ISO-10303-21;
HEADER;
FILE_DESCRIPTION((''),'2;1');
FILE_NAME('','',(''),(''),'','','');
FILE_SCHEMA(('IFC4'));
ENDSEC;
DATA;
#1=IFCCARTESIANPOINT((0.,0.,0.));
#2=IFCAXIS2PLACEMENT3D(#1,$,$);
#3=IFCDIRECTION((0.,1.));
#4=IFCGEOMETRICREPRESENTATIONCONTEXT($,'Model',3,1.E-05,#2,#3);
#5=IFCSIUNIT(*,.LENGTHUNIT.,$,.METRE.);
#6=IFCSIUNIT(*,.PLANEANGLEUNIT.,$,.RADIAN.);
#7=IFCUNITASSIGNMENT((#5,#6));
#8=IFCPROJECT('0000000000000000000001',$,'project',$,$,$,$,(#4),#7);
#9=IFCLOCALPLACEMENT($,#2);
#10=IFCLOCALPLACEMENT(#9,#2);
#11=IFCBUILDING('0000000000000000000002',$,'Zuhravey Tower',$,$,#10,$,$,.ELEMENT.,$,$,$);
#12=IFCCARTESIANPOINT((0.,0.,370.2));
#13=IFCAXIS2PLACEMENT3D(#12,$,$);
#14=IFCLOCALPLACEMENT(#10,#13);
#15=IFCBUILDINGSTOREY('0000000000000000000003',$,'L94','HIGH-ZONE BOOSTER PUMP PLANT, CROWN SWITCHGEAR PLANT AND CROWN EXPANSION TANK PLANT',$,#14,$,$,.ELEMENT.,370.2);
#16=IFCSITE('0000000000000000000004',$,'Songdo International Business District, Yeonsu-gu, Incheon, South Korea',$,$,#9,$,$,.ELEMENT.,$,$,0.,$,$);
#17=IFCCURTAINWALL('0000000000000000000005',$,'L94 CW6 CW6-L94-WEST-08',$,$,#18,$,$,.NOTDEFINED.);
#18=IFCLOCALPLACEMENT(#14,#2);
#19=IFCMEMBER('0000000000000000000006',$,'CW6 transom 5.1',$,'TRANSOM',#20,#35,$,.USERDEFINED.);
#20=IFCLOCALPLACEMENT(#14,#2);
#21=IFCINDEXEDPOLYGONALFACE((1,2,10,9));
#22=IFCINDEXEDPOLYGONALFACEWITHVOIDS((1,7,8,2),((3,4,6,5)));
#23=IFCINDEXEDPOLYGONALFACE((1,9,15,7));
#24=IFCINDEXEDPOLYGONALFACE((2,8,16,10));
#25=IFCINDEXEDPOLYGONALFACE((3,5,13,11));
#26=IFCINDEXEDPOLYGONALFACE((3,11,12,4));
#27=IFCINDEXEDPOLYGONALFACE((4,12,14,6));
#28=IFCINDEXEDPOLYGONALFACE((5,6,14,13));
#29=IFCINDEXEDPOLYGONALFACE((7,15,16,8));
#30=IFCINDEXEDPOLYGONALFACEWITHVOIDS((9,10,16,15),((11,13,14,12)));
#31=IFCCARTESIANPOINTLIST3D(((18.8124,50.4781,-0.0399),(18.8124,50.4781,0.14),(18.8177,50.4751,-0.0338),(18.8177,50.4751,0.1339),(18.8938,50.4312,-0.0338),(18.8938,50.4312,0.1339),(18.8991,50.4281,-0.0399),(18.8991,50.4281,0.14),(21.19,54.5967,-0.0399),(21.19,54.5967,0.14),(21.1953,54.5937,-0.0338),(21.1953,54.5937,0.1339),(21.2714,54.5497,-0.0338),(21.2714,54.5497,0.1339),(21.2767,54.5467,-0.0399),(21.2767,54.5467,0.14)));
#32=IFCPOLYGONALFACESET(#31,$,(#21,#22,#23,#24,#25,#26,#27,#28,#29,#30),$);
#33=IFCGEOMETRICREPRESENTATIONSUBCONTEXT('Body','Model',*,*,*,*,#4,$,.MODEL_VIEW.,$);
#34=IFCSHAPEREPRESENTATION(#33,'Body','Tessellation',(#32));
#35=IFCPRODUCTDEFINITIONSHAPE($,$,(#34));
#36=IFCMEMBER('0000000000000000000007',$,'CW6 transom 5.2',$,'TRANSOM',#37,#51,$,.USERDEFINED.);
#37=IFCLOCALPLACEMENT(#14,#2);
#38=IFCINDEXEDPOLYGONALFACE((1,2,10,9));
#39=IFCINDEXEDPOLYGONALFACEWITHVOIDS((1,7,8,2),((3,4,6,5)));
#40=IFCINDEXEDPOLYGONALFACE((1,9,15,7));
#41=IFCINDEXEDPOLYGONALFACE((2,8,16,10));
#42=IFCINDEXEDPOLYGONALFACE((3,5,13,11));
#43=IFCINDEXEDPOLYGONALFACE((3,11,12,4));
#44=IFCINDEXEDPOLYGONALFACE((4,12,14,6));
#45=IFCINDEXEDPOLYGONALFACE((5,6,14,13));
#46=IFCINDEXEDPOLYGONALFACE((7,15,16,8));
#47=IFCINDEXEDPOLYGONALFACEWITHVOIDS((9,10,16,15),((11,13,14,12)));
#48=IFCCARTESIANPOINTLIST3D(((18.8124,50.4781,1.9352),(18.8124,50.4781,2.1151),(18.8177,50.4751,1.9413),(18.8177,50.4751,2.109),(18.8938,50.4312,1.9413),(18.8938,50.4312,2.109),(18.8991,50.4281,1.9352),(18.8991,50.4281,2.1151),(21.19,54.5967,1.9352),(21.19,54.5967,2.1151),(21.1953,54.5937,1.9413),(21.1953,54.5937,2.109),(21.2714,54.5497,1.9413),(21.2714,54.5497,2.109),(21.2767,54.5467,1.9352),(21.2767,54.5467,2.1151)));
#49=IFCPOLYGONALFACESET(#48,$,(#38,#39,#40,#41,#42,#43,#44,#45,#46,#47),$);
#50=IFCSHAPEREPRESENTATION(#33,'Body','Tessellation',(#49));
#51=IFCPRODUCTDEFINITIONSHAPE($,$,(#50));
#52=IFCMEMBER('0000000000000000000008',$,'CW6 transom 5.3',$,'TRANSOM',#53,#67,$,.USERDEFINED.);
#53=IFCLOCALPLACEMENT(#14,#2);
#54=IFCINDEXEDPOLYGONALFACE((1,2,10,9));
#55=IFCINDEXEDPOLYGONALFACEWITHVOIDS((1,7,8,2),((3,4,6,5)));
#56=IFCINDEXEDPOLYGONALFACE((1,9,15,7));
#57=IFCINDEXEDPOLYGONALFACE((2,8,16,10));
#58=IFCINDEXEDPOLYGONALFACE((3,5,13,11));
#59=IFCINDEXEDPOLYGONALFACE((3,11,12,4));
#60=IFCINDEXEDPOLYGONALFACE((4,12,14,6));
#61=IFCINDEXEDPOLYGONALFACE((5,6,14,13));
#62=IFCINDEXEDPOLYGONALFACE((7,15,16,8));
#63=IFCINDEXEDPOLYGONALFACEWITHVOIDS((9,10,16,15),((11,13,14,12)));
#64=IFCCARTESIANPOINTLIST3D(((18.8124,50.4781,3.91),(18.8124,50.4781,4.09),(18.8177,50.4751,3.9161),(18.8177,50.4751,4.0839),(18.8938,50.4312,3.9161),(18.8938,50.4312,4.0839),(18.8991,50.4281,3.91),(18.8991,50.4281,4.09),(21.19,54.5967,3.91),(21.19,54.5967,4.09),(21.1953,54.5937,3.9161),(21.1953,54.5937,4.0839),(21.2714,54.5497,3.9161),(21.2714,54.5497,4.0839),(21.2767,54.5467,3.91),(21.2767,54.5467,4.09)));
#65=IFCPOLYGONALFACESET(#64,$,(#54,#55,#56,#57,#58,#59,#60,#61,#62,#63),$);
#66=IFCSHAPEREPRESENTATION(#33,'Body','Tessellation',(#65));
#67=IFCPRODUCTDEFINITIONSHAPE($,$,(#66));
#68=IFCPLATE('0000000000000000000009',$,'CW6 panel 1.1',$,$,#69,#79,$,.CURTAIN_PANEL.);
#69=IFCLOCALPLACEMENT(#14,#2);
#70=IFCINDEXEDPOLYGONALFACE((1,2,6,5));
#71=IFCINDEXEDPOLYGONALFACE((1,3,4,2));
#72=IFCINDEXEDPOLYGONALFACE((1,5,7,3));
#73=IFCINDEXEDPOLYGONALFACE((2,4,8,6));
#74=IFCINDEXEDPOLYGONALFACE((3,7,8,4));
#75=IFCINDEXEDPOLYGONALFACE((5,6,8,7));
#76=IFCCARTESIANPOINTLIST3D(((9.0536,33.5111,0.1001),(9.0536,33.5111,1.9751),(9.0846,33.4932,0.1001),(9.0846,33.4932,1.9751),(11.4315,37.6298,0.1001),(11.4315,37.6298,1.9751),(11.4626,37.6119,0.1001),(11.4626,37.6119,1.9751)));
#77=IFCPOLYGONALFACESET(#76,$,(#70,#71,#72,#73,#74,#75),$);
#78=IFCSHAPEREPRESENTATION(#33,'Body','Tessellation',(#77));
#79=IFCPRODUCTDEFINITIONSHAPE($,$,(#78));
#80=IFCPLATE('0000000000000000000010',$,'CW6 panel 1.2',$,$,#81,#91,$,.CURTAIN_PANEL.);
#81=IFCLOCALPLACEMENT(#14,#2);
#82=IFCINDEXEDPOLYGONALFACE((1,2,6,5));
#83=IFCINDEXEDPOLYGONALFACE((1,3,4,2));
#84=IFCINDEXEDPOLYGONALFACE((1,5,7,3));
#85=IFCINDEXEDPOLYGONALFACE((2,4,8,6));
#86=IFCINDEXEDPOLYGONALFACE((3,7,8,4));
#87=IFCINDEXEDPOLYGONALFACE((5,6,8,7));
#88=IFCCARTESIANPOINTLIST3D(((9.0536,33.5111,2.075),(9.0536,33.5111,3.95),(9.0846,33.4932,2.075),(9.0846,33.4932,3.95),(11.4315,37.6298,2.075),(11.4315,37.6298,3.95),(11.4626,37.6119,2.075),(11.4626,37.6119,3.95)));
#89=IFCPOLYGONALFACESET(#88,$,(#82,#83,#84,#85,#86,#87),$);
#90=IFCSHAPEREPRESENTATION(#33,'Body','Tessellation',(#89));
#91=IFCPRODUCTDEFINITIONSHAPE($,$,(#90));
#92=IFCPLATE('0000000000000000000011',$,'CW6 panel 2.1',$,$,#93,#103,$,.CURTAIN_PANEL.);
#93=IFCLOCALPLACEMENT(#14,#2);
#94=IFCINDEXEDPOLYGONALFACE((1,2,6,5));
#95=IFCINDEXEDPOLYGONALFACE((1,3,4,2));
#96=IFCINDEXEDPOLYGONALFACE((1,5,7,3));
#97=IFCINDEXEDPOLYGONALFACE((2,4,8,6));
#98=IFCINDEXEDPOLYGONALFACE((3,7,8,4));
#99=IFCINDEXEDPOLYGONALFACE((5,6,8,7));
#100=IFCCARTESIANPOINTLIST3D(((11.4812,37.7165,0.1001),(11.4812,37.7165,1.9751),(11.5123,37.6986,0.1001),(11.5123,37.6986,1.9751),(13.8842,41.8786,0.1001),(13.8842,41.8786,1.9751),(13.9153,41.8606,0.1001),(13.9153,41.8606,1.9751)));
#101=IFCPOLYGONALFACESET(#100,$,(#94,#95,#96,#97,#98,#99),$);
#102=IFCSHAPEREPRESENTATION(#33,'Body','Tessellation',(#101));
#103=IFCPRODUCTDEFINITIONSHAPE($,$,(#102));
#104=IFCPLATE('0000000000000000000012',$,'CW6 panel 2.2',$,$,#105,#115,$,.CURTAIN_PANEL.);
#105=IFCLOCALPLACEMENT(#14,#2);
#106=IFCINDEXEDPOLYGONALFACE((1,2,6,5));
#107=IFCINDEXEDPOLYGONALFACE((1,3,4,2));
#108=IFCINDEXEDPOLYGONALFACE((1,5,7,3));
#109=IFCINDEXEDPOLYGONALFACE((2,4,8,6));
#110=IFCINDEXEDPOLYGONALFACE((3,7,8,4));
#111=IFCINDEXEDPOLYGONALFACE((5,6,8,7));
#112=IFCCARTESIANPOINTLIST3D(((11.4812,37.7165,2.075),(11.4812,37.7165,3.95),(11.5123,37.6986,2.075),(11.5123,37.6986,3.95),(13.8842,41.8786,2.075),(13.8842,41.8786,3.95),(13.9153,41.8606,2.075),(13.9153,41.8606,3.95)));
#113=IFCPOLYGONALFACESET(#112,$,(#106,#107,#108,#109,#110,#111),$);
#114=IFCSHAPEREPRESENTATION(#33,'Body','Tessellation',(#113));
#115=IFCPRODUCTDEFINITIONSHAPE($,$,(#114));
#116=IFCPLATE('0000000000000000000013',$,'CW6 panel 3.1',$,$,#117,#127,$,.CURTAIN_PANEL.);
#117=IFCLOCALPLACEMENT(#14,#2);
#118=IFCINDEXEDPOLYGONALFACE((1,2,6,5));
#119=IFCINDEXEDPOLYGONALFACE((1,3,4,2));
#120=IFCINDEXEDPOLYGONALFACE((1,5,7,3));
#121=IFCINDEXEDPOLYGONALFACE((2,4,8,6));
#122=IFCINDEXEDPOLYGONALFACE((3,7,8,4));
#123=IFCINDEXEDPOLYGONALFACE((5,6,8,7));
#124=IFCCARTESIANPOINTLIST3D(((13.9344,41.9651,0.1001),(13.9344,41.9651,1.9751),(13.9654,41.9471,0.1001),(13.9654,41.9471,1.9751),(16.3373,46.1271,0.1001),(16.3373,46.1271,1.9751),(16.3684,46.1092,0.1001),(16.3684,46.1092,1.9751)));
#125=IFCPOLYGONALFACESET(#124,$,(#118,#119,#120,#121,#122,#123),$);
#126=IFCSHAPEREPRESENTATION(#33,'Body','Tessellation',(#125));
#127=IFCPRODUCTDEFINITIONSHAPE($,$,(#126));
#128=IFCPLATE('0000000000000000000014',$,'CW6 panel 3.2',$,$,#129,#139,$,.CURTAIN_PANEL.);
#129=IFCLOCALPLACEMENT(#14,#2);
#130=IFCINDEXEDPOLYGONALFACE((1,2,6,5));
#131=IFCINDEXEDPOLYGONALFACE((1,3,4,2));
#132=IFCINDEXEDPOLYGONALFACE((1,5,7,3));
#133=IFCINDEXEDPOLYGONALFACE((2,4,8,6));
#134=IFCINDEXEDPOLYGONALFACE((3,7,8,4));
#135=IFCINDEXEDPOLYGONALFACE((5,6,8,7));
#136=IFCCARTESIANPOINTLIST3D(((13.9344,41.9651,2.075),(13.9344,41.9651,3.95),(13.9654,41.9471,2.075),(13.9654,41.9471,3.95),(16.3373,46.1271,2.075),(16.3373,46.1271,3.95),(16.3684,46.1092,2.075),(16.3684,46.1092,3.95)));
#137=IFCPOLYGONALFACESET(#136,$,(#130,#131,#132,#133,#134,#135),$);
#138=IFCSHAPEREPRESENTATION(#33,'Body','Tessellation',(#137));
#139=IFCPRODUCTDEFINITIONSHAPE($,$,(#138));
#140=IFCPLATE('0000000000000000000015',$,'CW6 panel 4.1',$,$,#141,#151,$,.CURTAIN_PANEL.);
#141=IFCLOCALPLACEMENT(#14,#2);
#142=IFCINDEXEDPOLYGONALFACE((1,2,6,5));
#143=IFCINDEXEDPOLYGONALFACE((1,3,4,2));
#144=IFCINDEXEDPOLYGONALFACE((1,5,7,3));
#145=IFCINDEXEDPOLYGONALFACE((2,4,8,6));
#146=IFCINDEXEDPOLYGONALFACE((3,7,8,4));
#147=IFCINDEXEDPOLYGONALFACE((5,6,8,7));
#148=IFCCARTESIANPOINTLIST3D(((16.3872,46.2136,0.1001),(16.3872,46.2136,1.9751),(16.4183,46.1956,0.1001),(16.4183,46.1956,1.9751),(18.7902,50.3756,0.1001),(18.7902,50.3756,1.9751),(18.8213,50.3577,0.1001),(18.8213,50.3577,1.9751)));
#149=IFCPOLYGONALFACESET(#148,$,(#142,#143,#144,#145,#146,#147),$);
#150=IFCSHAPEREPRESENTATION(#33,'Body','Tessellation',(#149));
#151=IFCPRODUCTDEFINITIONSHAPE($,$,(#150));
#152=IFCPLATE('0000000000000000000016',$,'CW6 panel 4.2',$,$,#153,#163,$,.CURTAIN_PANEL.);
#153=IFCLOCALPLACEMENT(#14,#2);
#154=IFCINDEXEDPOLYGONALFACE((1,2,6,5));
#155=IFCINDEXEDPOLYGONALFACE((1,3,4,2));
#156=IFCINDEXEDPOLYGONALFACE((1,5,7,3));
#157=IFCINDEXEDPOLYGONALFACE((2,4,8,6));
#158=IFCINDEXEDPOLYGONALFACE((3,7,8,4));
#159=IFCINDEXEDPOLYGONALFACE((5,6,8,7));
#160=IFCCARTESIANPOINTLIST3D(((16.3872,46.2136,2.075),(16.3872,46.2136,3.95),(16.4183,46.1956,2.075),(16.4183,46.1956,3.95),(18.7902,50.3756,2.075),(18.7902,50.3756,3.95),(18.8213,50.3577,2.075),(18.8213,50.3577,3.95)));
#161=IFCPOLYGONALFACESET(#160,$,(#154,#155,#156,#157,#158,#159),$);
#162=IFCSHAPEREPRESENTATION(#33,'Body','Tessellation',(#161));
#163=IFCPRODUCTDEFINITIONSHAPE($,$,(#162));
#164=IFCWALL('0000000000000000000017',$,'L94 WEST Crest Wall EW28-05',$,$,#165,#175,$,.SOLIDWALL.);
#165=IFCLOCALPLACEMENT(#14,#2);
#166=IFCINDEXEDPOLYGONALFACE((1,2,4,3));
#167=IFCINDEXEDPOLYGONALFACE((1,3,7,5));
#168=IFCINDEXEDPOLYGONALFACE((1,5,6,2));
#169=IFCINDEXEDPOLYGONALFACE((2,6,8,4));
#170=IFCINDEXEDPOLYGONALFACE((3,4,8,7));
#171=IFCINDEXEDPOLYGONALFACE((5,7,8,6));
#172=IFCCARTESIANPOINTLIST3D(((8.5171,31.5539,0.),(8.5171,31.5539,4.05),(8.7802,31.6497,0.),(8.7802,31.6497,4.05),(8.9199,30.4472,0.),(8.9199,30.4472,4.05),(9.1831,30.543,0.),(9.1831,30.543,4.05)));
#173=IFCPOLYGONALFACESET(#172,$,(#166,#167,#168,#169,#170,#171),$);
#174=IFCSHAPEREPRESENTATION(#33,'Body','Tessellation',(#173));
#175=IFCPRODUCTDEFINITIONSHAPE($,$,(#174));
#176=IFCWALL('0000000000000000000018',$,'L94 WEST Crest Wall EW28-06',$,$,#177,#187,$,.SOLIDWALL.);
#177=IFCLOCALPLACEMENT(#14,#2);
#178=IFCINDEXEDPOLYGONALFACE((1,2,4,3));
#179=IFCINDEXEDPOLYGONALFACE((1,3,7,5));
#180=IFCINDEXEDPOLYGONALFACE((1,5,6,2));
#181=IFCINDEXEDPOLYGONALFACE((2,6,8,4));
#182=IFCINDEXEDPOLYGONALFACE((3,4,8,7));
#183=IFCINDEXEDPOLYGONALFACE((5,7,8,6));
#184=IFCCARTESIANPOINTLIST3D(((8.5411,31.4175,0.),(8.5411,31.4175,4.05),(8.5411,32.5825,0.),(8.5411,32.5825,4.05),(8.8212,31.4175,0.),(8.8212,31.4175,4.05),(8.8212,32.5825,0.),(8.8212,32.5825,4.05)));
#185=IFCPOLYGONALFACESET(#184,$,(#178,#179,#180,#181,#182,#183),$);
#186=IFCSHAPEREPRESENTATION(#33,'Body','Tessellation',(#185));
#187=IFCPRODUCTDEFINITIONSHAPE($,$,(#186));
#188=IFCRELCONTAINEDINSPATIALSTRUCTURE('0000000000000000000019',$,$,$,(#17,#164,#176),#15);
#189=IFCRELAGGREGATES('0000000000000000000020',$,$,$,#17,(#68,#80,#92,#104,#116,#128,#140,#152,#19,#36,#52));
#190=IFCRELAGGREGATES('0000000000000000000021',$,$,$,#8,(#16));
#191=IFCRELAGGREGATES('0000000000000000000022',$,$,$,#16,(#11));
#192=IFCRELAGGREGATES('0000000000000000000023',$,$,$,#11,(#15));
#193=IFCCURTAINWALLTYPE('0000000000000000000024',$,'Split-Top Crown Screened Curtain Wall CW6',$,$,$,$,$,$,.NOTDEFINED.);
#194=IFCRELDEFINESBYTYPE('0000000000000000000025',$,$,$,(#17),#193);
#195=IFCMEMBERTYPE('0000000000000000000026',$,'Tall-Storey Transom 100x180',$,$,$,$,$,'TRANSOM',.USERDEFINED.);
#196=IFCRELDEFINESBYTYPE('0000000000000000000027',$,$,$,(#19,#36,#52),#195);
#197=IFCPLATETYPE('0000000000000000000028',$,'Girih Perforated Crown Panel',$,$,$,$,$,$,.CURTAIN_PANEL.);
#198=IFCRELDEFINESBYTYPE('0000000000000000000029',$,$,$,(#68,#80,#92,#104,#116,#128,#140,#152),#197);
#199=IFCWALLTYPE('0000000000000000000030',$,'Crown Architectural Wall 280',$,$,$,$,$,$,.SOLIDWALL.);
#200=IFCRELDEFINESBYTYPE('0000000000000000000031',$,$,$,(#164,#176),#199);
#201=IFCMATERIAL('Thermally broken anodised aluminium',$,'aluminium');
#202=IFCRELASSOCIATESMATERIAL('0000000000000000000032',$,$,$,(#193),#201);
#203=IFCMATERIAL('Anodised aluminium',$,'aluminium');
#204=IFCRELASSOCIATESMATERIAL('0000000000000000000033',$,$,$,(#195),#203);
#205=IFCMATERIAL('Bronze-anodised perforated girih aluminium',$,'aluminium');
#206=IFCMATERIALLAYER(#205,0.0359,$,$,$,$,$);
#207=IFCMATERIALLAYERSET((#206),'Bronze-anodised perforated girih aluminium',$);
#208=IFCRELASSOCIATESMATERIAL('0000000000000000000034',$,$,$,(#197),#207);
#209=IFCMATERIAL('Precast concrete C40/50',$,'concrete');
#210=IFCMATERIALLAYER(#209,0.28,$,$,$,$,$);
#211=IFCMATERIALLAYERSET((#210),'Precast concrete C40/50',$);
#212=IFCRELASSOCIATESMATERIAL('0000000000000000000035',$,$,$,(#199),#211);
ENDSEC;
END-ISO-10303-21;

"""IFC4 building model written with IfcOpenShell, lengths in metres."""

from ifc_helpers import new_model, si_unit, direction, frame, frame_2d, origin, origin_2d, place, context, subcontext, project, spatial, rectangle, hollow_rectangle, extrude, material, layer, layer_set, material_profile, profile_set, type_object, element, aggregate, save


model = new_model("IFC4")

# Units and contexts
model_context = context("Model", 3, precision=1e-05, world=origin(), true_north=direction((0.0, 1.0)))
body_context = subcontext(model_context, "Body", "Model", "MODEL_VIEW")
ifc_project = project(units=[si_unit("LENGTHUNIT", "METRE"), si_unit("PLANEANGLEUNIT", "RADIAN")], contexts=[model_context])

# Site, building, storey
site_placement = place(None, origin())
site = spatial("IfcSite", under=ifc_project, at=site_placement, Name="Songdo International Business District, Yeonsu-gu, Incheon, South Korea", CompositionType="ELEMENT", RefElevation=0.0)
building_placement = place(site_placement, origin())
building = spatial("IfcBuilding", under=site, at=building_placement, Name="Zuhravey Tower", CompositionType="ELEMENT")
storey_placement = place(building_placement, frame((0.0, 0.0, 370.2)))
storey = spatial("IfcBuildingStorey", under=building, at=storey_placement, Name="L94", Description="HIGH-ZONE BOOSTER PUMP PLANT, CROWN SWITCHGEAR PLANT AND CROWN EXPANSION TANK PLANT", CompositionType="ELEMENT", Elevation=370.2)

# Shared definitions
ifc_material_1 = material(Name="Thermally broken anodised aluminium", Category="aluminium")
curtain_wall_type = type_object("IfcCurtainWallType", Name="Split-Top Crown Screened Curtain Wall CW6", PredefinedType="NOTDEFINED", material=ifc_material_1)
ifc_material_2 = material(Name="Anodised aluminium", Category="aluminium")

# Curtain wall
curtain_wall_1_placement = place(storey_placement, origin())
curtain_wall_1 = element("IfcCurtainWall", 1, at=curtain_wall_1_placement, inside=storey, type_object=curtain_wall_type, Name="L94 CW6 CW6-L94-WEST-08", PredefinedType="NOTDEFINED")

# Members
ifc_material_profile_1 = material_profile(ifc_material_2, hollow_rectangle(XDim=0.1001, YDim=0.1799, WallThickness=0.0061, at=origin_2d()), Name="ALU-RHS-100x180x6")
ifc_profile_set_1 = profile_set([ifc_material_profile_1], Name="Anodised aluminium")
member_type_1 = type_object("IfcMemberType", Name="Tall-Storey Transom 100x180", ElementType="TRANSOM", PredefinedType="USERDEFINED", material=ifc_profile_set_1)
member_1_placement = place(storey_placement, frame((18.8557, 50.4531, 0.05), z_axis=(0.499965, 0.866045, 0.0), x_axis=(-0.866045, 0.499965, 0.0)))
member_1 = element("IfcMember", 2, at=member_1_placement, type_object=member_type_1, Name="CW6 transom 5.1", ObjectType="TRANSOM", PredefinedType="USERDEFINED", context=body_context, shape_type="SweptSolid", body=[
    extrude(hollow_rectangle(XDim=0.1001, YDim=0.1799, WallThickness=0.0061, at=origin_2d()), origin(), (0.0, 0.0, 1.0), 4.7556),
])
member_2_placement = place(storey_placement, frame((18.8557, 50.4531, 2.0251), z_axis=(0.499965, 0.866045, 0.0), x_axis=(-0.866045, 0.499965, 0.0)))
member_2 = element("IfcMember", 3, at=member_2_placement, type_object=member_type_1, Name="CW6 transom 5.2", ObjectType="TRANSOM", PredefinedType="USERDEFINED", context=body_context, shape_type="SweptSolid", body=[
    extrude(hollow_rectangle(XDim=0.1001, YDim=0.1799, WallThickness=0.0061, at=origin_2d()), origin(), (0.0, 0.0, 1.0), 4.7556),
])
member_3_placement = place(storey_placement, frame((18.8557, 50.4531, 4.0), z_axis=(0.499965, 0.866045, 0.0), x_axis=(-0.866045, 0.499965, 0.0)))
member_3 = element("IfcMember", 4, at=member_3_placement, type_object=member_type_1, Name="CW6 transom 5.3", ObjectType="TRANSOM", PredefinedType="USERDEFINED", context=body_context, shape_type="SweptSolid", body=[
    extrude(hollow_rectangle(XDim=0.1001, YDim=0.1799, WallThickness=0.0061, at=origin_2d()), origin(), (0.0, 0.0, 1.0), 4.7556),
])

# Plates
ifc_material_3 = material(Name="Bronze-anodised perforated girih aluminium", Category="aluminium")
ifc_layer_1 = layer(ifc_material_3, 0.0359)
ifc_layer_set_1 = layer_set([ifc_layer_1], Name="Bronze-anodised perforated girih aluminium")
plate_type = type_object("IfcPlateType", Name="Girih Perforated Crown Panel", PredefinedType="CURTAIN_PANEL", material=ifc_layer_set_1)
plate_1_placement = place(storey_placement, frame((10.2581, 35.5615, 0.1001), z_axis=(0.0, 0.0, 1.0), x_axis=(0.499997, 0.866027, 0.0)))
plate_1 = element("IfcPlate", 5, at=plate_1_placement, type_object=plate_type, Name="CW6 panel 1.1", PredefinedType="CURTAIN_PANEL", context=body_context, shape_type="SweptSolid", body=[
    extrude(rectangle(XDim=4.7559, YDim=0.0359, at=origin_2d()), origin(), (0.0, 0.0, 1.0), 1.875),
])
plate_2_placement = place(storey_placement, frame((10.2581, 35.5615, 2.075), z_axis=(0.0, 0.0, 1.0), x_axis=(0.499997, 0.866027, 0.0)))
plate_2 = element("IfcPlate", 6, at=plate_2_placement, type_object=plate_type, Name="CW6 panel 1.2", PredefinedType="CURTAIN_PANEL", context=body_context, shape_type="SweptSolid", body=[
    extrude(rectangle(XDim=4.7559, YDim=0.0359, at=origin_2d()), origin(), (0.0, 0.0, 1.0), 1.875),
])
plate_3_placement = place(storey_placement, frame((12.6982, 39.7886, 0.1001), z_axis=(0.0, 0.0, 1.0), x_axis=(0.499997, 0.866027, 0.0)))
plate_3 = element("IfcPlate", 7, at=plate_3_placement, type_object=plate_type, Name="CW6 panel 2.1", PredefinedType="CURTAIN_PANEL", context=body_context, shape_type="SweptSolid", body=[
    extrude(rectangle(XDim=4.8059, YDim=0.0359, at=origin_2d()), origin(), (0.0, 0.0, 1.0), 1.875),
])
plate_4_placement = place(storey_placement, frame((12.6982, 39.7886, 2.075), z_axis=(0.0, 0.0, 1.0), x_axis=(0.499997, 0.866027, 0.0)))
plate_4 = element("IfcPlate", 8, at=plate_4_placement, type_object=plate_type, Name="CW6 panel 2.2", PredefinedType="CURTAIN_PANEL", context=body_context, shape_type="SweptSolid", body=[
    extrude(rectangle(XDim=4.8059, YDim=0.0359, at=origin_2d()), origin(), (0.0, 0.0, 1.0), 1.875),
])
plate_5_placement = place(storey_placement, frame((15.1514, 44.0371, 0.1001), z_axis=(0.0, 0.0, 1.0), x_axis=(0.499997, 0.866027, 0.0)))
plate_5 = element("IfcPlate", 9, at=plate_5_placement, type_object=plate_type, Name="CW6 panel 3.1", PredefinedType="CURTAIN_PANEL", context=body_context, shape_type="SweptSolid", body=[
    extrude(rectangle(XDim=4.8059, YDim=0.0359, at=origin_2d()), origin(), (0.0, 0.0, 1.0), 1.875),
])
plate_6_placement = place(storey_placement, frame((15.1514, 44.0371, 2.075), z_axis=(0.0, 0.0, 1.0), x_axis=(0.499997, 0.866027, 0.0)))
plate_6 = element("IfcPlate", 10, at=plate_6_placement, type_object=plate_type, Name="CW6 panel 3.2", PredefinedType="CURTAIN_PANEL", context=body_context, shape_type="SweptSolid", body=[
    extrude(rectangle(XDim=4.8059, YDim=0.0359, at=origin_2d()), origin(), (0.0, 0.0, 1.0), 1.875),
])
plate_7_placement = place(storey_placement, frame((17.6042, 48.2856, 0.1001), z_axis=(0.0, 0.0, 1.0), x_axis=(0.499997, 0.866027, 0.0)))
plate_7 = element("IfcPlate", 11, at=plate_7_placement, type_object=plate_type, Name="CW6 panel 4.1", PredefinedType="CURTAIN_PANEL", context=body_context, shape_type="SweptSolid", body=[
    extrude(rectangle(XDim=4.8059, YDim=0.0359, at=origin_2d()), origin(), (0.0, 0.0, 1.0), 1.875),
])
plate_8_placement = place(storey_placement, frame((17.6042, 48.2856, 2.075), z_axis=(0.0, 0.0, 1.0), x_axis=(0.499997, 0.866027, 0.0)))
plate_8 = element("IfcPlate", 12, at=plate_8_placement, type_object=plate_type, Name="CW6 panel 4.2", PredefinedType="CURTAIN_PANEL", context=body_context, shape_type="SweptSolid", body=[
    extrude(rectangle(XDim=4.8059, YDim=0.0359, at=origin_2d()), origin(), (0.0, 0.0, 1.0), 1.875),
])
aggregate(curtain_wall_1, [plate_1, plate_2, plate_3, plate_4, plate_5, plate_6, plate_7, plate_8, member_1, member_2, member_3])

# Walls
ifc_material_4 = material(Name="Precast concrete C40/50", Category="concrete")
ifc_layer_2 = layer(ifc_material_4, 0.28)
ifc_layer_set_2 = layer_set([ifc_layer_2], Name="Precast concrete C40/50")
wall_type_1 = type_object("IfcWallType", Name="Crown Architectural Wall 280", PredefinedType="SOLIDWALL", material=ifc_layer_set_2)
wall_1_placement = place(storey_placement, frame((9.0515, 30.4951, 0.0), z_axis=(0.0, 0.0, 1.0), x_axis=(-0.342043, 0.939684, 0.0)))
element("IfcWall", 13, at=wall_1_placement, inside=storey, type_object=wall_type_1, Name="L94 WEST Crest Wall EW28-05", PredefinedType="SOLIDWALL", context=body_context, shape_type="SweptSolid", body=[
    extrude(rectangle(XDim=1.1777, YDim=0.28, at=frame_2d((0.5889, 0.0))), origin(), (0.0, 0.0, 1.0), 4.05),
])
wall_2_placement = place(storey_placement, frame((8.6812, 31.4175, 0.0), z_axis=(0.0, 0.0, 1.0), x_axis=(0.0, 1.0, 0.0)))
element("IfcWall", 14, at=wall_2_placement, inside=storey, type_object=wall_type_1, Name="L94 WEST Crest Wall EW28-06", PredefinedType="SOLIDWALL", context=body_context, shape_type="SweptSolid", body=[
    extrude(rectangle(XDim=1.165, YDim=0.28, at=frame_2d((0.5825, 0.0))), origin(), (0.0, 0.0, 1.0), 4.05),
])

save(model, "model.ifc")
